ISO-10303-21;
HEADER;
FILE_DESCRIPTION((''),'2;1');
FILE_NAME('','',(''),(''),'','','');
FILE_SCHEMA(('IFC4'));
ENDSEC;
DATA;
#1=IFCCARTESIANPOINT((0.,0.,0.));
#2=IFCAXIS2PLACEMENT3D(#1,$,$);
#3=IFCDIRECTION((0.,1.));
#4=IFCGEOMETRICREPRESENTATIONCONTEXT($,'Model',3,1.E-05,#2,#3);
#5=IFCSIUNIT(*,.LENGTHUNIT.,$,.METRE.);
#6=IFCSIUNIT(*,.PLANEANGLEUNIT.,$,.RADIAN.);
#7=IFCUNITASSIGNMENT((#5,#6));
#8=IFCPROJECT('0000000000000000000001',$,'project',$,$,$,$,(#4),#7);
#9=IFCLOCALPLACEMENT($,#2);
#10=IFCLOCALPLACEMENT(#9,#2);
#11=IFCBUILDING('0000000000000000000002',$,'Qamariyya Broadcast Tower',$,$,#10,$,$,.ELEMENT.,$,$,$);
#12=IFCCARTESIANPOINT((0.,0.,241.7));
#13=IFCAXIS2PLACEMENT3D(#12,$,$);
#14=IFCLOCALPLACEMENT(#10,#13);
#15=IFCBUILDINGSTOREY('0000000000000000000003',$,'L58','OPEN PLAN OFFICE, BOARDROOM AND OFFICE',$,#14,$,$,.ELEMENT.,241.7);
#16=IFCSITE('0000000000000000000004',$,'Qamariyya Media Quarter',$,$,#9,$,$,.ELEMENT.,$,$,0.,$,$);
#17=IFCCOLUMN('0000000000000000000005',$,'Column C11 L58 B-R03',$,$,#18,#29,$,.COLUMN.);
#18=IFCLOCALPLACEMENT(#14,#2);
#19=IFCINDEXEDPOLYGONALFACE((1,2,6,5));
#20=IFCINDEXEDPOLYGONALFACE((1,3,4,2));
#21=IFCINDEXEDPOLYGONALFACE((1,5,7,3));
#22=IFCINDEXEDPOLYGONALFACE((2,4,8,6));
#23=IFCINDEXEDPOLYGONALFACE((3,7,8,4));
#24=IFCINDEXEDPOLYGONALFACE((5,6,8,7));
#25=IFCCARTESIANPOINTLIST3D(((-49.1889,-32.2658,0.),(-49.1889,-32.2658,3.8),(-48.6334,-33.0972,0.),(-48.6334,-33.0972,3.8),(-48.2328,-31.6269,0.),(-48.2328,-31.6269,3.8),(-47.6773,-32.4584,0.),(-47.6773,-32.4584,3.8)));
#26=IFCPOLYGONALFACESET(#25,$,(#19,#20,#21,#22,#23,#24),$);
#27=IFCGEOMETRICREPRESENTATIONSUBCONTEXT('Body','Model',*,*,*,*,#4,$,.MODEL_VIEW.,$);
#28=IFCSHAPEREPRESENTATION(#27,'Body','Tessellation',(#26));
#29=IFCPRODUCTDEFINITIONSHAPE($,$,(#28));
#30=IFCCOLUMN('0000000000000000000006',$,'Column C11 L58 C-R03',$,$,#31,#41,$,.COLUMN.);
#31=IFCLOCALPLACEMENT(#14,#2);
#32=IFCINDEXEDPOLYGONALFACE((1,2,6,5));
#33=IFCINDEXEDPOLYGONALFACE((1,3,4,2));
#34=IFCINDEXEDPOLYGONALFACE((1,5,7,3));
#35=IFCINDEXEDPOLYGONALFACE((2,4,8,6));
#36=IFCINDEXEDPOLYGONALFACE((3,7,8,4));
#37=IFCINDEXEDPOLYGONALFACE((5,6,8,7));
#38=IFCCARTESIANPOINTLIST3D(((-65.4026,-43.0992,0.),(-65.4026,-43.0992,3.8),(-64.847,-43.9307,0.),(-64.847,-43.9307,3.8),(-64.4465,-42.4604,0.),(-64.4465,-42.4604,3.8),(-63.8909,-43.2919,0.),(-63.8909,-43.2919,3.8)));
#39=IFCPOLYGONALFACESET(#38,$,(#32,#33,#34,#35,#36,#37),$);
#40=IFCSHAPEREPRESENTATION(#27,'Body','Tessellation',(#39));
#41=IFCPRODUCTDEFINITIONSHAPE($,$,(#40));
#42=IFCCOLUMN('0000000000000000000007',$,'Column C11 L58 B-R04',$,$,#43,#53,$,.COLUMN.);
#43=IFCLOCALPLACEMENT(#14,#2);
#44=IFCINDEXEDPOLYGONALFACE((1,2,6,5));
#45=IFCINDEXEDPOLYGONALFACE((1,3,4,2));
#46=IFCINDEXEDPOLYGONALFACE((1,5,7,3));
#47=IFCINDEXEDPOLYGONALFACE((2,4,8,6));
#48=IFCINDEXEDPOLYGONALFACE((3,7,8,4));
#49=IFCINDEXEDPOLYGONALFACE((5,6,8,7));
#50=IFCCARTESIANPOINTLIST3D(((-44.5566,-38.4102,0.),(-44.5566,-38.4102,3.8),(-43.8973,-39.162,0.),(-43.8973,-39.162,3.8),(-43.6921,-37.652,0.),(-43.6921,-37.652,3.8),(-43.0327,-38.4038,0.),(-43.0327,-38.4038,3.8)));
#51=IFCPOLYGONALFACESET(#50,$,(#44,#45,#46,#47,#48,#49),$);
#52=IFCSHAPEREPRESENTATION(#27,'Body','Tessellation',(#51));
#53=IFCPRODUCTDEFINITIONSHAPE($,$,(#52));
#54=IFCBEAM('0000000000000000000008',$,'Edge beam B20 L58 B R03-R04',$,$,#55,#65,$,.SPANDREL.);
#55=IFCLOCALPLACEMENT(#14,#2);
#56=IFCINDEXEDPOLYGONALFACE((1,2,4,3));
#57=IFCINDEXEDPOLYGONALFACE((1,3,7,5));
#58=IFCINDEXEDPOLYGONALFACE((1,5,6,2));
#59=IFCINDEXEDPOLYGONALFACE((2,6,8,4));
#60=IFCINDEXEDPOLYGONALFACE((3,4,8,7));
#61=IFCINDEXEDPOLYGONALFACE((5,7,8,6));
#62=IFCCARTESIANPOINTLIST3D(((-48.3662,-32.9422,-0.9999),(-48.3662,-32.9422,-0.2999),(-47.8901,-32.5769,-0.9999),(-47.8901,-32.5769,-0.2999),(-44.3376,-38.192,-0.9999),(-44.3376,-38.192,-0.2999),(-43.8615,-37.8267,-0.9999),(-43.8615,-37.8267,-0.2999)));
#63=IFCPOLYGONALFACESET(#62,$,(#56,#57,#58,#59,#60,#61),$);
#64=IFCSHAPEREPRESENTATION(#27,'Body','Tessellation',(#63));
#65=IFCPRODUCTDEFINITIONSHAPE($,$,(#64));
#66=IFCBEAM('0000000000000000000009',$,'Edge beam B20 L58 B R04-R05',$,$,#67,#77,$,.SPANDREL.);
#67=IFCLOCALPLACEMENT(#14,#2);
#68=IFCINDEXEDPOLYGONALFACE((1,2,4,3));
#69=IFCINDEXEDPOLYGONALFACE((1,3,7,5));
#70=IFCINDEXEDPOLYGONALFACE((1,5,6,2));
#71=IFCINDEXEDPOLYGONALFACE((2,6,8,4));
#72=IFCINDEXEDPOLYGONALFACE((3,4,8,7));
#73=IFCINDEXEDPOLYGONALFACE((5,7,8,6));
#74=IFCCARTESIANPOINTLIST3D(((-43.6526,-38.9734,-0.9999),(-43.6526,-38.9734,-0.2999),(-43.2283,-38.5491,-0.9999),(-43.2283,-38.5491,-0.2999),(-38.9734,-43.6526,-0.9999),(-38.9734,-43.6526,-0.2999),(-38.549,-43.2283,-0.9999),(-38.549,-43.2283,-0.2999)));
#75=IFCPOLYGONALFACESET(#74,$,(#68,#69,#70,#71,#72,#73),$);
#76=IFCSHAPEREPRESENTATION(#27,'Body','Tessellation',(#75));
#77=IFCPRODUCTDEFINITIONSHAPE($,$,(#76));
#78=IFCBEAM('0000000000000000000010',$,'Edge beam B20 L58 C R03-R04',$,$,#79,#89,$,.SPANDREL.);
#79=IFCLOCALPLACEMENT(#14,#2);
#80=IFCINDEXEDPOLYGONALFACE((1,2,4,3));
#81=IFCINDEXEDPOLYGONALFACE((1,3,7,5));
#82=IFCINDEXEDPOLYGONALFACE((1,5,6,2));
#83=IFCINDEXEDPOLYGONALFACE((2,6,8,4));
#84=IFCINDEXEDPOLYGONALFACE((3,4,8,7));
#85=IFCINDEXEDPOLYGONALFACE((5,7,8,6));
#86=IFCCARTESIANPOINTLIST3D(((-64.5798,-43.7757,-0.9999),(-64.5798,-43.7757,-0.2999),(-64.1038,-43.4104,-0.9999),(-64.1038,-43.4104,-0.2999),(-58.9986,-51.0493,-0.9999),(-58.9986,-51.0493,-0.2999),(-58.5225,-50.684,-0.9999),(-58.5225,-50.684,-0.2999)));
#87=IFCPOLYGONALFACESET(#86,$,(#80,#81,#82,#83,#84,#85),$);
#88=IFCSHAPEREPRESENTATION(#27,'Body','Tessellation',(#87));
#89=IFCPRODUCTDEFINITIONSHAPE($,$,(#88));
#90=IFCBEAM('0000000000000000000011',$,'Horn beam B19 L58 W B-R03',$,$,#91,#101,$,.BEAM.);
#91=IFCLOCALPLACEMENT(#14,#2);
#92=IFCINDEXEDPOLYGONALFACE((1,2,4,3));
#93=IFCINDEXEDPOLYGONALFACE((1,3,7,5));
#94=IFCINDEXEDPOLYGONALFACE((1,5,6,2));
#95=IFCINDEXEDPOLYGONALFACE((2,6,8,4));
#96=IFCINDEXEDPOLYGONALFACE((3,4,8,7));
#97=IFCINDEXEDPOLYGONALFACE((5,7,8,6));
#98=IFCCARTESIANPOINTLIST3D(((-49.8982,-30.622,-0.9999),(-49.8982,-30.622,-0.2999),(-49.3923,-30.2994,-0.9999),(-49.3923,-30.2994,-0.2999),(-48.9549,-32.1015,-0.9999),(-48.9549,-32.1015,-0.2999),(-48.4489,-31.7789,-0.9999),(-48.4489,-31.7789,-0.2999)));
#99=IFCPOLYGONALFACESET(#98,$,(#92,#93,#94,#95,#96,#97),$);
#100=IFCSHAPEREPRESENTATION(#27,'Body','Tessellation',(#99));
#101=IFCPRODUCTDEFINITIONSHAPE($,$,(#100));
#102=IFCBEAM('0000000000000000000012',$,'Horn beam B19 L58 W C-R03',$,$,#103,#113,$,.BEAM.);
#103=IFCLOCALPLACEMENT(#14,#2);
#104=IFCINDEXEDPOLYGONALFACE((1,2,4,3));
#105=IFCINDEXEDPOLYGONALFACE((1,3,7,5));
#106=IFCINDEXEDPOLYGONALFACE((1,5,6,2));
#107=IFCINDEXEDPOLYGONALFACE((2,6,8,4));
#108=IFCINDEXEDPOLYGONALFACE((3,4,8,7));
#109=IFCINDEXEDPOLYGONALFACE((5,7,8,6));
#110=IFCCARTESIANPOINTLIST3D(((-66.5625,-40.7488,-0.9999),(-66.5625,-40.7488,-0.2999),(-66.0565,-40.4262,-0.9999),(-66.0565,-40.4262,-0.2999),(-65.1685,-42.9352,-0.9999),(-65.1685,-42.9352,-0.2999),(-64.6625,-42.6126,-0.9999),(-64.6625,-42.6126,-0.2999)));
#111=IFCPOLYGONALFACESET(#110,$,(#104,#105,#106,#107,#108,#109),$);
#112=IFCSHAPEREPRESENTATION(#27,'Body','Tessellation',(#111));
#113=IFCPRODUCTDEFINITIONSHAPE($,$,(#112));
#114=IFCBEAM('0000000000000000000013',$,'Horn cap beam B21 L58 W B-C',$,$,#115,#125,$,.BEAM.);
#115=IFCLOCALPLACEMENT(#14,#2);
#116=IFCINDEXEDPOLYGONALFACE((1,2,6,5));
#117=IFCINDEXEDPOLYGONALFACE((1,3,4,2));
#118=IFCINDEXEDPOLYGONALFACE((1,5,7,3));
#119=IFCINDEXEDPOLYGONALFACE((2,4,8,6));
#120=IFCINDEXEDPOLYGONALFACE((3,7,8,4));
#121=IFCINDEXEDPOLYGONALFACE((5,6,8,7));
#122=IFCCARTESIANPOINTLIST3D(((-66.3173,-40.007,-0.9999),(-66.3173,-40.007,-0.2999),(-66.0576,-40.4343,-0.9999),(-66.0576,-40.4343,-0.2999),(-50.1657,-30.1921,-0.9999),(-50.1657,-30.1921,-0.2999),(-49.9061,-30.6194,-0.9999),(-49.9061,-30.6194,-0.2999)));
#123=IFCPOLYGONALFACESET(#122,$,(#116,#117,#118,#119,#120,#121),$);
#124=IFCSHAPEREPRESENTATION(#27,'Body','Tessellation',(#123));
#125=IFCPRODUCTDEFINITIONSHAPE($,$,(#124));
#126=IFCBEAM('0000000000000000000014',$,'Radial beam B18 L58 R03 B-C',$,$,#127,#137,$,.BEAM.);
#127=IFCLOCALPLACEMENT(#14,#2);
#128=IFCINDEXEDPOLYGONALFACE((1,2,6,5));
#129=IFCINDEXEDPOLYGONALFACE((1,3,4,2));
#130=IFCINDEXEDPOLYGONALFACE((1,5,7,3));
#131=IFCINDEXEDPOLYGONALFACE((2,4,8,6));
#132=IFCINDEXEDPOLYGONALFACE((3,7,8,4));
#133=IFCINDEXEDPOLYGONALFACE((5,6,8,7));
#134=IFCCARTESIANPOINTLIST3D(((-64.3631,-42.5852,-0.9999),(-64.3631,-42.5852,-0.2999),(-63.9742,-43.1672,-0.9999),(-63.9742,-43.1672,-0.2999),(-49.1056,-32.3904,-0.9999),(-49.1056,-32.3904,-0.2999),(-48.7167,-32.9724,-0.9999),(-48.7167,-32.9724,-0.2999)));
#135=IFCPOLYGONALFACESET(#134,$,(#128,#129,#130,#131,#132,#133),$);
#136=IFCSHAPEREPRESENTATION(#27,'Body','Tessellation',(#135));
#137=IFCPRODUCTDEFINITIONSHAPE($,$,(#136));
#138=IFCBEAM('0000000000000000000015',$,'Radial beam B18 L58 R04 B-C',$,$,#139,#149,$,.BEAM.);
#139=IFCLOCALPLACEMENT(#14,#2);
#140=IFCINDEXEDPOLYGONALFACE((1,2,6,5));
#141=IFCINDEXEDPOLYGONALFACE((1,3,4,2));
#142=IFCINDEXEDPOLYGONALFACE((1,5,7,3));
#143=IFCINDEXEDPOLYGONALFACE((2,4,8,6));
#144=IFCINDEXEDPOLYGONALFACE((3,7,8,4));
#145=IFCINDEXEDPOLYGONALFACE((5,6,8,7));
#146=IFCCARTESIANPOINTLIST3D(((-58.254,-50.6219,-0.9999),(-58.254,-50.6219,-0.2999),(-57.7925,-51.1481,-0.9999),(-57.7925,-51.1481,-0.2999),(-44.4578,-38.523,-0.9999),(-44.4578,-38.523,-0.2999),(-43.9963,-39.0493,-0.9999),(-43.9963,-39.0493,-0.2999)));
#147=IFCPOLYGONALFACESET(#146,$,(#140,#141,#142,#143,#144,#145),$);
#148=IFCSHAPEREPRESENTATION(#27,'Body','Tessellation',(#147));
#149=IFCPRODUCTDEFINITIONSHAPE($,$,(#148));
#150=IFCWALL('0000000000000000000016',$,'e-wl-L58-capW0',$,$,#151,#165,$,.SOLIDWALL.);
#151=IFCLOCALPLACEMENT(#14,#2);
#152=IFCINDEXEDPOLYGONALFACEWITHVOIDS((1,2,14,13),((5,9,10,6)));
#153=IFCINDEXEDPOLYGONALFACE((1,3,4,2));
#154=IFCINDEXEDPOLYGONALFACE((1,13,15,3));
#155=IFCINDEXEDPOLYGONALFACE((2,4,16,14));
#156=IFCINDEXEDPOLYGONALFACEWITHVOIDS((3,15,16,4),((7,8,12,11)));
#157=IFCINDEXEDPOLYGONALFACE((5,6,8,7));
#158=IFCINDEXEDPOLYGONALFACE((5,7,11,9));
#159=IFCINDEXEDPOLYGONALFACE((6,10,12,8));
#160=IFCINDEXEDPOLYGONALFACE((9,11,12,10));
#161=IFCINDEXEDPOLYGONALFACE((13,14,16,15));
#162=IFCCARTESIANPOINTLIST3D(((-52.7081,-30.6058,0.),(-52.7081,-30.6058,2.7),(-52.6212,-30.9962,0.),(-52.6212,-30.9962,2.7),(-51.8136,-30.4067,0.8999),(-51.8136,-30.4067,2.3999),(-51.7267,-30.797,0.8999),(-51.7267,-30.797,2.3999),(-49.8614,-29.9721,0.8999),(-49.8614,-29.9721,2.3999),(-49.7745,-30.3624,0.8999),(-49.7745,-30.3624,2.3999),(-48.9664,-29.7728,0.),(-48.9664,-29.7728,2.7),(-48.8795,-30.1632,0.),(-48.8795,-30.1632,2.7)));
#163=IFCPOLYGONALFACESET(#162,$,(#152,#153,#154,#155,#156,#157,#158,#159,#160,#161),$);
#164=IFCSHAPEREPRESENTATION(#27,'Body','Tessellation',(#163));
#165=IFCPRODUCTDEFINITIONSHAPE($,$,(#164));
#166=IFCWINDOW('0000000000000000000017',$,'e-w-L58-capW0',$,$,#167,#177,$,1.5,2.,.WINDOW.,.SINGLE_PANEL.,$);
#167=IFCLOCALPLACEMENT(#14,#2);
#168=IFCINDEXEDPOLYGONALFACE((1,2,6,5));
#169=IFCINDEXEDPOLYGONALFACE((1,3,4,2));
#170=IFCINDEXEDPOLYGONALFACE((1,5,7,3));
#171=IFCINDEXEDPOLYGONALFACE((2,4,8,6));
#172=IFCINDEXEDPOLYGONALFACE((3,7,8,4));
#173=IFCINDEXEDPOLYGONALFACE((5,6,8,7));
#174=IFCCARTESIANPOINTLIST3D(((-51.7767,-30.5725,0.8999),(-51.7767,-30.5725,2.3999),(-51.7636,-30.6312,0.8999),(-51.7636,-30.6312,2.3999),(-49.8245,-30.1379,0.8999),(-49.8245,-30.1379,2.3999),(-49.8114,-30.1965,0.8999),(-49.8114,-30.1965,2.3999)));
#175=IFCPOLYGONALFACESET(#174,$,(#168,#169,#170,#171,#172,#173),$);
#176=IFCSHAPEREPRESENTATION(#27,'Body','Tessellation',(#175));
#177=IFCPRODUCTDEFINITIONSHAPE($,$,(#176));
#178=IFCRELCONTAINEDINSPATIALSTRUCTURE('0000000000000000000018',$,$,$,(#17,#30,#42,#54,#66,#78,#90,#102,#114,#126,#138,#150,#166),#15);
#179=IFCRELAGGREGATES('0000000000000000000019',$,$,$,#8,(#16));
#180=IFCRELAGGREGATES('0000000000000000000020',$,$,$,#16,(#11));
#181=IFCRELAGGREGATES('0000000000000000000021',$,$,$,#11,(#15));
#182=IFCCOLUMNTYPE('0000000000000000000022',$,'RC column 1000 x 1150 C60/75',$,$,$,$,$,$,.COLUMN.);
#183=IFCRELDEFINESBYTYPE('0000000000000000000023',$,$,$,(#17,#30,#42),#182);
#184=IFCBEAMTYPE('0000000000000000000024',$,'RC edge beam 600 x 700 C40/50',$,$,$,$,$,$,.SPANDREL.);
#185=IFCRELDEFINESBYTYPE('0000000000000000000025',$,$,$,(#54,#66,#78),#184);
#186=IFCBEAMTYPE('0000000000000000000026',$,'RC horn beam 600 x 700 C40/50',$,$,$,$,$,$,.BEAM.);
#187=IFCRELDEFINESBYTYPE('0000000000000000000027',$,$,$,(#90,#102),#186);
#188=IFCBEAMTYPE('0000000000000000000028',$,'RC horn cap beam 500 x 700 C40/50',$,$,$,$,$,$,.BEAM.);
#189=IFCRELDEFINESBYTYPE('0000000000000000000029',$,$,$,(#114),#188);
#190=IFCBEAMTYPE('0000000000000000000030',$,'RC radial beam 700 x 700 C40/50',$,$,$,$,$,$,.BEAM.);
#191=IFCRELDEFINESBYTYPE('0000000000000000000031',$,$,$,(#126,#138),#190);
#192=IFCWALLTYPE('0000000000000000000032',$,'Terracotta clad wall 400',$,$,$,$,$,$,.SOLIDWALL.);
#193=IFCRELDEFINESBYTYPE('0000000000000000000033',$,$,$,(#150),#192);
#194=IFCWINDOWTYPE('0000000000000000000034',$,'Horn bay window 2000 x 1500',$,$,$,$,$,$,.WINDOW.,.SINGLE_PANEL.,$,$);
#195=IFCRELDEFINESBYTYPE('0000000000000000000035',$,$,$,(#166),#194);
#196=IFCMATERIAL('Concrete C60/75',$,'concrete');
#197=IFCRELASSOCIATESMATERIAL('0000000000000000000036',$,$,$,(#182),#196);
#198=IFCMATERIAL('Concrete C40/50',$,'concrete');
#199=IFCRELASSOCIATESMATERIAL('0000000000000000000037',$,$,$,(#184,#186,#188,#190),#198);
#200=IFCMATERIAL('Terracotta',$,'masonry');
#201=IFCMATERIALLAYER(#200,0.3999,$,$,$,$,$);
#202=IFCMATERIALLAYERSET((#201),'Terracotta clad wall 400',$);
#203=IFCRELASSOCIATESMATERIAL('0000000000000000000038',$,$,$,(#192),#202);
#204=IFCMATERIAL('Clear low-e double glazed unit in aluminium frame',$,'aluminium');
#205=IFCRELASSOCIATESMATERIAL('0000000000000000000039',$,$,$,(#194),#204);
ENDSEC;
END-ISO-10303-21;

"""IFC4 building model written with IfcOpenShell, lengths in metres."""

from ifc_helpers import new_model, si_unit, direction, frame, frame_2d, origin, origin_2d, place, context, subcontext, project, spatial, rectangle, extrude, material, layer, layer_set, material_profile, profile_set, type_object, element, fill, save


model = new_model("IFC4")

# Units and contexts
model_context = context("Model", 3, precision=1e-05, world=origin(), true_north=direction((0.0, 1.0)))
body_context = subcontext(model_context, "Body", "Model", "MODEL_VIEW")
ifc_project = project(units=[si_unit("LENGTHUNIT", "METRE"), si_unit("PLANEANGLEUNIT", "RADIAN")], contexts=[model_context])

# Site, building, storey
site_placement = place(None, origin())
site = spatial("IfcSite", under=ifc_project, at=site_placement, Name="Qamariyya Media Quarter", CompositionType="ELEMENT", RefElevation=0.0)
building_placement = place(site_placement, origin())
building = spatial("IfcBuilding", under=site, at=building_placement, Name="Qamariyya Broadcast Tower", CompositionType="ELEMENT")
storey_placement = place(building_placement, frame((0.0, 0.0, 241.7)))
storey = spatial("IfcBuildingStorey", under=building, at=storey_placement, Name="L58", Description="OPEN PLAN OFFICE, BOARDROOM AND OFFICE", CompositionType="ELEMENT", Elevation=241.7)

# Columns
ifc_material_1 = material(Name="Concrete C60/75", Category="concrete")
ifc_material_profile_1 = material_profile(ifc_material_1, rectangle(XDim=1.0, YDim=1.1499, at=origin_2d()))
ifc_profile_set_1 = profile_set([ifc_material_profile_1], Name="Concrete C60/75")
column_type = type_object("IfcColumnType", Name="RC column 1000 x 1150 C60/75", PredefinedType="COLUMN", material=ifc_profile_set_1)
for number, where, z_axis, x_axis, name in (
    (1, (-48.4331, -32.3621, 0.0), (0.0, 0.0, 1.0), (0.55557, -0.83147, 0.0), "Column C11 L58 B-R03"),
    (2, (-64.6467, -43.1956, 0.0), (0.0, 0.0, 1.0), (0.55557, -0.83147, 0.0), "Column C11 L58 C-R03"),
    (3, (-43.7947, -38.407, 0.0), (0.0, 0.0, 1.0), (0.659346, -0.75184, 0.0), "Column C11 L58 B-R04"),
):
    element("IfcColumn", number, at=place(storey_placement, frame(where, z_axis=z_axis, x_axis=x_axis)), inside=storey, type_object=column_type, Name=name, PredefinedType="COLUMN", context=body_context, shape_type="SweptSolid", body=[
        extrude(rectangle(XDim=1.0, YDim=1.1499, at=origin_2d()), origin(), (0.0, 0.0, 1.0), 3.8),
    ])

# Beams
ifc_material_2 = material(Name="Concrete C40/50", Category="concrete")
ifc_material_profile_2 = material_profile(ifc_material_2, rectangle(XDim=0.6001, YDim=0.7, at=origin_2d()))
ifc_profile_set_2 = profile_set([ifc_material_profile_2], Name="Concrete C40/50")
beam_type_1 = type_object("IfcBeamType", Name="RC edge beam 600 x 700 C40/50", PredefinedType="SPANDREL", material=ifc_profile_set_2)
for number, where, z_axis, x_axis, name in (
    (4, (-48.1282, -32.7595, -0.6499), (0.608789, -0.793333, 0.0), (0.793333, 0.608789, 0.0), "Edge beam B20 L58 B R03-R04"),
    (5, (-43.4404, -38.7612, -0.6499), (0.707107, -0.707107, 0.0), (0.707107, 0.707107, 0.0), "Edge beam B20 L58 B R04-R05"),
):
    element("IfcBeam", number, at=place(storey_placement, frame(where, z_axis=z_axis, x_axis=x_axis)), inside=storey, type_object=beam_type_1, Name=name, PredefinedType="SPANDREL", context=body_context, shape_type="SweptSolid", body=[
        extrude(rectangle(XDim=0.6001, YDim=0.7, at=origin_2d()), origin(), (0.0, 0.0, 1.0), 6.6174),
    ])
beam_1_placement = place(storey_placement, frame((-64.3418, -43.593, -0.6499), z_axis=(0.608762, -0.793353, 0.0), x_axis=(0.793353, 0.608762, 0.0)))
element("IfcBeam", 6, at=beam_1_placement, inside=storey, type_object=beam_type_1, Name="Edge beam B20 L58 C R03-R04", PredefinedType="SPANDREL", context=body_context, shape_type="SweptSolid", body=[
    extrude(rectangle(XDim=0.6001, YDim=0.7, at=origin_2d()), origin(), (0.0, 0.0, 1.0), 9.1682),
])
ifc_material_profile_3 = material_profile(ifc_material_2, rectangle(XDim=0.6001, YDim=0.7, at=origin_2d()))
ifc_profile_set_3 = profile_set([ifc_material_profile_3], Name="Concrete C40/50")
beam_type_2 = type_object("IfcBeamType", Name="RC horn beam 600 x 700 C40/50", PredefinedType="BEAM", material=ifc_profile_set_3)
beam_2_placement = place(storey_placement, frame((-48.7019, -31.9402, -0.6499), z_axis=(-0.537632, 0.84318, 0.0), x_axis=(-0.84318, -0.537632, 0.0)))
element("IfcBeam", 7, at=beam_2_placement, inside=storey, type_object=beam_type_2, Name="Horn beam B19 L58 W B-R03", PredefinedType="BEAM", context=body_context, shape_type="SweptSolid", body=[
    extrude(rectangle(XDim=0.6001, YDim=0.7, at=origin_2d()), origin(), (0.0, 0.0, 1.0), 1.7546),
])
beam_3_placement = place(storey_placement, frame((-64.9155, -42.7739, -0.6499), z_axis=(-0.537594, 0.843204, 0.0), x_axis=(-0.843204, -0.537594, 0.0)))
element("IfcBeam", 8, at=beam_3_placement, inside=storey, type_object=beam_type_2, Name="Horn beam B19 L58 W C-R03", PredefinedType="BEAM", context=body_context, shape_type="SweptSolid", body=[
    extrude(rectangle(XDim=0.6001, YDim=0.7, at=origin_2d()), origin(), (0.0, 0.0, 1.0), 2.593),
])
ifc_material_profile_4 = material_profile(ifc_material_2, rectangle(XDim=0.5, YDim=0.7, at=origin_2d()))
ifc_profile_set_4 = profile_set([ifc_material_profile_4], Name="Concrete C40/50")
beam_type_3 = type_object("IfcBeamType", Name="RC horn cap beam 500 x 700 C40/50", PredefinedType="BEAM", material=ifc_profile_set_4)
beam_4_placement = place(storey_placement, frame((-50.0359, -30.4058, -0.6499), z_axis=(-0.854585, -0.519311, 0.0), x_axis=(0.519311, -0.854585, 0.0)))
element("IfcBeam", 9, at=beam_4_placement, inside=storey, type_object=beam_type_3, Name="Horn cap beam B21 L58 W B-C", PredefinedType="BEAM", context=body_context, shape_type="SweptSolid", body=[
    extrude(rectangle(XDim=0.5, YDim=0.7, at=origin_2d()), origin(), (0.0, 0.0, 1.0), 18.8999),
])
ifc_material_profile_5 = material_profile(ifc_material_2, rectangle(XDim=0.7, YDim=0.7, at=origin_2d()))
ifc_profile_set_5 = profile_set([ifc_material_profile_5], Name="Concrete C40/50")
beam_type_4 = type_object("IfcBeamType", Name="RC radial beam 700 x 700 C40/50", PredefinedType="BEAM", material=ifc_profile_set_5)
beam_5_placement = place(storey_placement, frame((-48.9111, -32.6814, -0.6499), z_axis=(-0.831469, -0.555572, 0.0), x_axis=(0.555572, -0.831469, 0.0)))
element("IfcBeam", 10, at=beam_5_placement, inside=storey, type_object=beam_type_4, Name="Radial beam B18 L58 R03 B-C", PredefinedType="BEAM", context=body_context, shape_type="SweptSolid", body=[
    extrude(rectangle(XDim=0.7, YDim=0.7, at=origin_2d()), origin(), (0.0, 0.0, 1.0), 18.3501),
])
beam_6_placement = place(storey_placement, frame((-44.2271, -38.7861, -0.6499), z_axis=(-0.75184, -0.659345, 0.0), x_axis=(0.659345, -0.75184, 0.0)))
element("IfcBeam", 11, at=beam_6_placement, inside=storey, type_object=beam_type_4, Name="Radial beam B18 L58 R04 B-C", PredefinedType="BEAM", context=body_context, shape_type="SweptSolid", body=[
    extrude(rectangle(XDim=0.7, YDim=0.7, at=origin_2d()), origin(), (0.0, 0.0, 1.0), 18.3499),
])

# Wall, opening, window
ifc_material_3 = material(Name="Terracotta", Category="masonry")
ifc_layer = layer(ifc_material_3, 0.3999)
ifc_layer_set = layer_set([ifc_layer], Name="Terracotta clad wall 400")
wall_type = type_object("IfcWallType", Name="Terracotta clad wall 400", PredefinedType="SOLIDWALL", material=ifc_layer_set)
wall_1_placement = place(storey_placement, frame((-48.9231, -29.968, 0.0), z_axis=(0.0, 0.0, 1.0), x_axis=(-0.976103, -0.217308, 0.0)))
wall_1 = element("IfcWall", 12, at=wall_1_placement, inside=storey, type_object=wall_type, Name="e-wl-L58-capW0", PredefinedType="SOLIDWALL", context=body_context, shape_type="SweptSolid", body=[
    extrude(rectangle(XDim=3.8333, YDim=0.3999, at=frame_2d((1.9165, 0.0))), origin(), (0.0, 0.0, 1.0), 2.7),
])
opening_1_placement = place(wall_1_placement, frame((0.9167, 0.0, 0.8999)))
opening_1 = element("IfcOpeningElement", 13, at=opening_1_placement, cuts=wall_1, PredefinedType="OPENING", context=body_context, shape_type="SweptSolid", body=[
    extrude(rectangle(XDim=2.0, YDim=1.5, at=frame_2d((1.0, 0.75))), frame((0.0, 0.21, 0.0), z_axis=(0.0, -1.0, 0.0), x_axis=(1.0, 0.0, 0.0)), (0.0, 0.0, 1.0), 0.4199),
])
ifc_material_4 = material(Name="Clear low-e double glazed unit in aluminium frame", Category="aluminium")
window_type_1 = type_object("IfcWindowType", Name="Horn bay window 2000 x 1500", PartitioningType="SINGLE_PANEL", PredefinedType="WINDOW", material=ifc_material_4)
window_1_placement = place(opening_1_placement, origin())
window_1 = element("IfcWindow", 14, at=window_1_placement, inside=storey, type_object=window_type_1, Name="e-w-L58-capW0", OverallHeight=1.5, OverallWidth=2.0, PartitioningType="SINGLE_PANEL", PredefinedType="WINDOW", context=body_context, shape_type="SweptSolid", body=[
    extrude(rectangle(XDim=2.0, YDim=1.5, at=frame_2d((1.0, 0.75))), frame((0.0, 0.03, 0.0), z_axis=(0.0, -1.0, 0.0), x_axis=(1.0, 0.0, 0.0)), (0.0, 0.0, 1.0), 0.0601),
])
fill(opening_1, window_1)

save(model, "model.ifc")
